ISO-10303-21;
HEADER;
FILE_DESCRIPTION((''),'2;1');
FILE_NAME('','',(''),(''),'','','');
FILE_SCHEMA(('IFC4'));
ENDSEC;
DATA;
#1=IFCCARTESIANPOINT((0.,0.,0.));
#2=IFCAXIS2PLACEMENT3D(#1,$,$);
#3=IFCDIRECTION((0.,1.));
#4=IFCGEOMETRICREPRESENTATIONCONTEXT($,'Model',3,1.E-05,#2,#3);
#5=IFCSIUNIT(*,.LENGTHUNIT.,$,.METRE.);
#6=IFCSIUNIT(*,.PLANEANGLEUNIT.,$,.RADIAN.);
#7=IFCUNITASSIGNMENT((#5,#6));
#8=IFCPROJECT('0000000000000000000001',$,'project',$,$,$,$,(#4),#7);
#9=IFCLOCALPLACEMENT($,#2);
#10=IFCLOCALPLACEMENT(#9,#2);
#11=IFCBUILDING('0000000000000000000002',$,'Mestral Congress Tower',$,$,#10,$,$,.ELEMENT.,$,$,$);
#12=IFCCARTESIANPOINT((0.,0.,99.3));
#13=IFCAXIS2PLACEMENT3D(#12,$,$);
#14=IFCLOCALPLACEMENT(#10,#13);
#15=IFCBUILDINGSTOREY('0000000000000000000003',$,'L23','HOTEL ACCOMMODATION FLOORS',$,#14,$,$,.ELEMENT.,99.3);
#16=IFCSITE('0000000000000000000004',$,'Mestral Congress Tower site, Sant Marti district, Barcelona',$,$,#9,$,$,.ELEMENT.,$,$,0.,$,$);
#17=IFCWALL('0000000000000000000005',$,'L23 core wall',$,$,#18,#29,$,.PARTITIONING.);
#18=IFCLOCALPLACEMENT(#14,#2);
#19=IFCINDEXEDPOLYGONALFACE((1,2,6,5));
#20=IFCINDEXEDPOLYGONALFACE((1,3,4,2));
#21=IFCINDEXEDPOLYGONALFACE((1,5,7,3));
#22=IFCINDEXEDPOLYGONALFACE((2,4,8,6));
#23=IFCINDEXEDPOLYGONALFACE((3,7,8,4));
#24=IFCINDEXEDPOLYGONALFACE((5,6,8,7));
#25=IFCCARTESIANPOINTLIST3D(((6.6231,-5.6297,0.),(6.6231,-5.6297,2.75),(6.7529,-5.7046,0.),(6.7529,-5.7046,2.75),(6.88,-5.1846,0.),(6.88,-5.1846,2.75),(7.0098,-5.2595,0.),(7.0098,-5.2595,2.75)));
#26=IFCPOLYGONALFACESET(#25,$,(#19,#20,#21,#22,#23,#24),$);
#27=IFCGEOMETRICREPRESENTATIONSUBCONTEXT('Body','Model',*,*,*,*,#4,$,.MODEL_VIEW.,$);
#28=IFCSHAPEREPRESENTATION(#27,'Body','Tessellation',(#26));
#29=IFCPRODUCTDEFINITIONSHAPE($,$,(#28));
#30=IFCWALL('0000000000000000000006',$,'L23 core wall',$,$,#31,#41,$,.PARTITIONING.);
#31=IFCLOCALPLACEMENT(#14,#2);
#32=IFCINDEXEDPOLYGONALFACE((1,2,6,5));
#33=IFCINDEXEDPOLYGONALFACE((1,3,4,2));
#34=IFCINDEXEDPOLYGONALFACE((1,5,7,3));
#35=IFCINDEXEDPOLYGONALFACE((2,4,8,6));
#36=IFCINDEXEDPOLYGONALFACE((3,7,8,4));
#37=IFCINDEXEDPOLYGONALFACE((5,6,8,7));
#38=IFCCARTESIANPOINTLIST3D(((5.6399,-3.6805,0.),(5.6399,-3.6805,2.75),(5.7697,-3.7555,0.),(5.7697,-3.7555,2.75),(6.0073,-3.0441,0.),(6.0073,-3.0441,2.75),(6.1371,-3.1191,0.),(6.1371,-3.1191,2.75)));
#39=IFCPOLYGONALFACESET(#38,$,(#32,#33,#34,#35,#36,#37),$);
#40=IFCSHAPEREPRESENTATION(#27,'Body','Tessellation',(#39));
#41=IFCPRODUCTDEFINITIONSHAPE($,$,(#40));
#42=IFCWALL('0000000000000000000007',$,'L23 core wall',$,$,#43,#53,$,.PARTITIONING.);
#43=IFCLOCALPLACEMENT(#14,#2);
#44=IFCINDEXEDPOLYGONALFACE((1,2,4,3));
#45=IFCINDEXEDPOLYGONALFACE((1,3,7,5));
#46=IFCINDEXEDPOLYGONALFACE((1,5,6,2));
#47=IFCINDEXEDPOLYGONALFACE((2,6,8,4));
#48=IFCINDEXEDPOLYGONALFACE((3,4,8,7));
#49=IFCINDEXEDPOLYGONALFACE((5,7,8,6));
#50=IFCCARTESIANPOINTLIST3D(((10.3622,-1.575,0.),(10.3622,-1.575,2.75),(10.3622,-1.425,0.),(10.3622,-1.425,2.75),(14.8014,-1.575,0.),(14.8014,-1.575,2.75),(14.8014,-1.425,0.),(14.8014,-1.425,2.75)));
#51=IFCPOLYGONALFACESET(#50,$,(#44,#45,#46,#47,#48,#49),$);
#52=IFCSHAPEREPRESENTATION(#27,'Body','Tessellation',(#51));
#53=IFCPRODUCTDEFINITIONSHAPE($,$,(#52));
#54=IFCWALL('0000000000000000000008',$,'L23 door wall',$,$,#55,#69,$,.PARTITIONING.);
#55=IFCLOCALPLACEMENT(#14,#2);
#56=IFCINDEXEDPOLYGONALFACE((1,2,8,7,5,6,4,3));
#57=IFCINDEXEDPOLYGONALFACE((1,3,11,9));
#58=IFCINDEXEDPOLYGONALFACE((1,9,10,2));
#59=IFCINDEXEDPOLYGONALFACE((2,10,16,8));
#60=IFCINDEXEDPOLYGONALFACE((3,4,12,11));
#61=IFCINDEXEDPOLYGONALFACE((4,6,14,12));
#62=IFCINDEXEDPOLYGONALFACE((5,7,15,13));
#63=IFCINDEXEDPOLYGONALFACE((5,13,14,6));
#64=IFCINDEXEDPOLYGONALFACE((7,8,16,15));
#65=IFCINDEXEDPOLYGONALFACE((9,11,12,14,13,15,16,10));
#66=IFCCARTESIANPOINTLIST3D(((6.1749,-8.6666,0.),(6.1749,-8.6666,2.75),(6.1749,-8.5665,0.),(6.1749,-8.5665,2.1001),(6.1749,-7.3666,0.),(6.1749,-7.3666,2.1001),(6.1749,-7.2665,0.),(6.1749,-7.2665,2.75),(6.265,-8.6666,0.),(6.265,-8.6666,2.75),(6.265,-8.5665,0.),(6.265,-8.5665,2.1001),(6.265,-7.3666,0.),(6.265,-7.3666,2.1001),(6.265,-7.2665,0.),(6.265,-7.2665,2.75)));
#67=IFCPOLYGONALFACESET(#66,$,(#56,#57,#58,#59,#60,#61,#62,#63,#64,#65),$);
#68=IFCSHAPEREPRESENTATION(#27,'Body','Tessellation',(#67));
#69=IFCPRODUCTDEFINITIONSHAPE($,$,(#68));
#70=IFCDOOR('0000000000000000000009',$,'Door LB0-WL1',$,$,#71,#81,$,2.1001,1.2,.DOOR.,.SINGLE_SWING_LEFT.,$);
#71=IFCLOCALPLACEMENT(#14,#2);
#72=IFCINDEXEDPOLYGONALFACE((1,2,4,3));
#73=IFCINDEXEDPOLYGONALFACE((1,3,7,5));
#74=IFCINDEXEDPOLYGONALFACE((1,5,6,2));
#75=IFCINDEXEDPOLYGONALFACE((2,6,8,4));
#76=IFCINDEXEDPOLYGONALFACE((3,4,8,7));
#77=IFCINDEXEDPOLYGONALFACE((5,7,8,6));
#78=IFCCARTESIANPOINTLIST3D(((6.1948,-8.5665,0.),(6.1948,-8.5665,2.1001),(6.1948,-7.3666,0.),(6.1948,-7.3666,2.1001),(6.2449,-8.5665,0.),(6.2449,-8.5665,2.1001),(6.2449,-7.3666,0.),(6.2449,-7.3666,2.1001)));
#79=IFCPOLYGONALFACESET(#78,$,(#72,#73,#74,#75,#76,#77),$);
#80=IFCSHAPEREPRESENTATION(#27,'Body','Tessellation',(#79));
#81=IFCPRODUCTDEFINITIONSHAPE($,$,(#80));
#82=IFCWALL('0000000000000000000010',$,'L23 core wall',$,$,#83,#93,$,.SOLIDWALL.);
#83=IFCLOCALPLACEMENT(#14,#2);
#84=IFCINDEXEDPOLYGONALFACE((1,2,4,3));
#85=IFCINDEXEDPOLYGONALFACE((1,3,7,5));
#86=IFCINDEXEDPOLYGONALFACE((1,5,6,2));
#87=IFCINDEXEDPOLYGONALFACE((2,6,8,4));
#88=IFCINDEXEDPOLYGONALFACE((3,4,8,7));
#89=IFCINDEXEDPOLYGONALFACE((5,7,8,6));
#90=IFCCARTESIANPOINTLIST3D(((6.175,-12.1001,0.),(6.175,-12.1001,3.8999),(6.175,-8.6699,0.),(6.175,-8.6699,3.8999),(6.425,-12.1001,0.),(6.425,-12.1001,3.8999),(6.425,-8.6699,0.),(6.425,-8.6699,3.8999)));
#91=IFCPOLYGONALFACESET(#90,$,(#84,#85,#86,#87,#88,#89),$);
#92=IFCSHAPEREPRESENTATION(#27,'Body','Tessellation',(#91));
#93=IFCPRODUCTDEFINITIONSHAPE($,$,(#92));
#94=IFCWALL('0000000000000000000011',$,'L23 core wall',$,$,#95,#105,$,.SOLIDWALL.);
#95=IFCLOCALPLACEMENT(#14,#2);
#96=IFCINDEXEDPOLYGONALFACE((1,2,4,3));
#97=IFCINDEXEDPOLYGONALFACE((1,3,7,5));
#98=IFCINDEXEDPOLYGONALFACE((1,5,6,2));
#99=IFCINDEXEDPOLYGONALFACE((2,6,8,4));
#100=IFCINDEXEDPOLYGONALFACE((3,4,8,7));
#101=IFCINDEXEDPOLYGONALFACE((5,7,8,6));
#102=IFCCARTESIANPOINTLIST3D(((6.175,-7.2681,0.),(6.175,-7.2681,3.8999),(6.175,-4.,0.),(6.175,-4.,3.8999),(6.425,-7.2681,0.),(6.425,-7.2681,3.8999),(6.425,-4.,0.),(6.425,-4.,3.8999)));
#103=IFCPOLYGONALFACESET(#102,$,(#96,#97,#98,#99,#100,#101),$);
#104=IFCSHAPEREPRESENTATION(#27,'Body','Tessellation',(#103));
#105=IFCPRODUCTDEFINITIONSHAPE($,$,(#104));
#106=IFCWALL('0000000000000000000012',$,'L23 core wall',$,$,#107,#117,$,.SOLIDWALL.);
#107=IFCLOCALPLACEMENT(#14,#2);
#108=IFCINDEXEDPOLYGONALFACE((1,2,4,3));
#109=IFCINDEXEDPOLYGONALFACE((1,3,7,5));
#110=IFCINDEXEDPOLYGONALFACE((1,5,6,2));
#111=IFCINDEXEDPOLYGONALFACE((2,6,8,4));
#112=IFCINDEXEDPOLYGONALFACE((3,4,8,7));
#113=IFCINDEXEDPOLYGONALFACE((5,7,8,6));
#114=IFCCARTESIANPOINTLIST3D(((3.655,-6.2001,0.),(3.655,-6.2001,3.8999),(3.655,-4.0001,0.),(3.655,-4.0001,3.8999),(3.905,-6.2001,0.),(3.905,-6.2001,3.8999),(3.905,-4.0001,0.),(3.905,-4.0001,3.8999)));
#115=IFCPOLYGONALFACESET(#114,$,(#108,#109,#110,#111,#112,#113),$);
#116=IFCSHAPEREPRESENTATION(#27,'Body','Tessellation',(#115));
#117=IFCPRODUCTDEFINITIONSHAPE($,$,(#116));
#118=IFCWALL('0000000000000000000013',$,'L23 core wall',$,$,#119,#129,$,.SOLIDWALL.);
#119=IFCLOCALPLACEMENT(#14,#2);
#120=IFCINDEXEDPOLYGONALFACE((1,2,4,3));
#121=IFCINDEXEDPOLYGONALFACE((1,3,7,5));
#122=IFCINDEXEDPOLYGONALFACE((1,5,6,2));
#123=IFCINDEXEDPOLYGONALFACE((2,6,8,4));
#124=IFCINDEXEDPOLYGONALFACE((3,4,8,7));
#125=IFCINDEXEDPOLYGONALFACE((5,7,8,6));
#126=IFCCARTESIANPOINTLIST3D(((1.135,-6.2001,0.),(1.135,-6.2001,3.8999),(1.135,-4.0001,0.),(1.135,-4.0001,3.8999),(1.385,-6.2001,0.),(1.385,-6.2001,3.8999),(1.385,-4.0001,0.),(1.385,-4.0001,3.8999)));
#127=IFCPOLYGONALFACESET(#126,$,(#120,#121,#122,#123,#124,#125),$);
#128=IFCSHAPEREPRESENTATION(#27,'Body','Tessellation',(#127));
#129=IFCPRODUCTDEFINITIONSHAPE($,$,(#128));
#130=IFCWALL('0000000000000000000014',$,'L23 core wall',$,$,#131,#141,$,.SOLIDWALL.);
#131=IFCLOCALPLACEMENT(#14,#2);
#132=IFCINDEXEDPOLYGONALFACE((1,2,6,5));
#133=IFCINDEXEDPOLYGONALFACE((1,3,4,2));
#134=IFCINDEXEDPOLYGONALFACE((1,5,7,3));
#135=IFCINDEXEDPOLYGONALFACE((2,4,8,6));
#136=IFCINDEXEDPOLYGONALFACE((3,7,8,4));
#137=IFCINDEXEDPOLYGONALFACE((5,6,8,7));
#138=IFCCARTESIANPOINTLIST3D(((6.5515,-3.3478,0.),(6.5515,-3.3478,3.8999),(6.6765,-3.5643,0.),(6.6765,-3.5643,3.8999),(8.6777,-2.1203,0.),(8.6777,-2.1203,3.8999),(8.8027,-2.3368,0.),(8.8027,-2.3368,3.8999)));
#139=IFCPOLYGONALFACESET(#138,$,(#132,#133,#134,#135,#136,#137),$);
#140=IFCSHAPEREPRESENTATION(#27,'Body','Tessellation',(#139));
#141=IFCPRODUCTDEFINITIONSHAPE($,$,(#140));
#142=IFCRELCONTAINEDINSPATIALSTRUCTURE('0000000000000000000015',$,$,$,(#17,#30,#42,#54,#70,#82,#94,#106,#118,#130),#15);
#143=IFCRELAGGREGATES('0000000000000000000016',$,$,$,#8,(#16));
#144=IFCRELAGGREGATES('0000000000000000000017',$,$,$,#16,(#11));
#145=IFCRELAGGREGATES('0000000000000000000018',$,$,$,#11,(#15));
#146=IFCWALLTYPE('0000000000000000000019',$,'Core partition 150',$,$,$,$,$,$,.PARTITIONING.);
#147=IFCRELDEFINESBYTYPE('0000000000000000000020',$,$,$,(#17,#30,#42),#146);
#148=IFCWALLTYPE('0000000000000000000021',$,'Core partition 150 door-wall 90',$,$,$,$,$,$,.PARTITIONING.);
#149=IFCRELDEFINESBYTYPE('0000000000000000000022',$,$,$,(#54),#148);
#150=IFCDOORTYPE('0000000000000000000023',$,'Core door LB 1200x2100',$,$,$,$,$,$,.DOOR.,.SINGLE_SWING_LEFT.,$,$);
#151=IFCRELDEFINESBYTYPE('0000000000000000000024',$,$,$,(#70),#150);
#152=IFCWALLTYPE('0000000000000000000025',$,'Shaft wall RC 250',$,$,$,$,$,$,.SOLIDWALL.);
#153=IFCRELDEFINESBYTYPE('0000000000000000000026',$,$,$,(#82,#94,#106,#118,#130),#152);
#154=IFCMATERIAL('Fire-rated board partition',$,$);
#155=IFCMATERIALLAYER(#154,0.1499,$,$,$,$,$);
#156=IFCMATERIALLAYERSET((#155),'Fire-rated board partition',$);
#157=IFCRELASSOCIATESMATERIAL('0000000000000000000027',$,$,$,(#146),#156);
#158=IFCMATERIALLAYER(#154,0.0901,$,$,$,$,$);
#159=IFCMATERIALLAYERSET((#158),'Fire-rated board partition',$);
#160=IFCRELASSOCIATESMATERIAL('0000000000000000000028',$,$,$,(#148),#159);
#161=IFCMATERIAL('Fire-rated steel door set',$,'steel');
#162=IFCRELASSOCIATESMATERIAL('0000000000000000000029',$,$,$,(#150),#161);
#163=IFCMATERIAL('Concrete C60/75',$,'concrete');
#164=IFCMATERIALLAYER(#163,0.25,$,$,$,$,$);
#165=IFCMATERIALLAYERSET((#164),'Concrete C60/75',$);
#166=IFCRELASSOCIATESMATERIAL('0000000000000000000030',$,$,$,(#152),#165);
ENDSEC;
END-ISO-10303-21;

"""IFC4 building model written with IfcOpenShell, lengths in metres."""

from ifc_helpers import new_model, si_unit, direction, frame, frame_2d, origin, place, context, subcontext, project, spatial, rectangle, extrude, material, layer, layer_set, type_object, element, fill, save


model = new_model("IFC4")

# Units and contexts
model_context = context("Model", 3, precision=1e-05, world=origin(), true_north=direction((0.0, 1.0)))
body_context = subcontext(model_context, "Body", "Model", "MODEL_VIEW")
ifc_project = project(units=[si_unit("LENGTHUNIT", "METRE"), si_unit("PLANEANGLEUNIT", "RADIAN")], contexts=[model_context])

# Site, building, storey
site_placement = place(None, origin())
site = spatial("IfcSite", under=ifc_project, at=site_placement, Name="Mestral Congress Tower site, Sant Marti district, Barcelona", CompositionType="ELEMENT", RefElevation=0.0)
building_placement = place(site_placement, origin())
building = spatial("IfcBuilding", under=site, at=building_placement, Name="Mestral Congress Tower", CompositionType="ELEMENT")
storey_placement = place(building_placement, frame((0.0, 0.0, 99.3)))
storey = spatial("IfcBuildingStorey", under=building, at=storey_placement, Name="L23", Description="HOTEL ACCOMMODATION FLOORS", CompositionType="ELEMENT", Elevation=99.3)

# Walls
ifc_material_1 = material(Name="Fire-rated board partition")
ifc_layer_1 = layer(ifc_material_1, 0.1499)
ifc_layer_set_1 = layer_set([ifc_layer_1], Name="Fire-rated board partition")
wall_type_1 = type_object("IfcWallType", Name="Core partition 150", PredefinedType="PARTITIONING", material=ifc_layer_set_1)
wall_1_placement = place(storey_placement, frame((6.9448, -5.2222, 0.0), z_axis=(0.0, 0.0, 1.0), x_axis=(-0.499818, -0.86613, 0.0)))
element("IfcWall", 1, at=wall_1_placement, inside=storey, type_object=wall_type_1, Name="L23 core wall", PredefinedType="PARTITIONING", context=body_context, shape_type="SweptSolid", body=[
    extrude(rectangle(XDim=0.5139, YDim=0.1499, at=frame_2d((0.2568, 0.0))), origin(), (0.0, 0.0, 1.0), 2.75),
])
wall_2_placement = place(storey_placement, frame((5.7048, -3.718, 0.0), z_axis=(0.0, 0.0, 1.0), x_axis=(0.499962, 0.866047, 0.0)))
element("IfcWall", 2, at=wall_2_placement, inside=storey, type_object=wall_type_1, Name="L23 core wall", PredefinedType="PARTITIONING", context=body_context, shape_type="SweptSolid", body=[
    extrude(rectangle(XDim=0.7349, YDim=0.1499, at=frame_2d((0.3674, 0.0))), origin(), (0.0, 0.0, 1.0), 2.75),
])
wall_3_placement = place(storey_placement, frame((10.3621, -1.5, 0.0), z_axis=(0.0, 0.0, 1.0), x_axis=(1.0, 0.0, 0.0)))
element("IfcWall", 3, at=wall_3_placement, inside=storey, type_object=wall_type_1, Name="L23 core wall", PredefinedType="PARTITIONING", context=body_context, shape_type="SweptSolid", body=[
    extrude(rectangle(XDim=4.4392, YDim=0.1499, at=frame_2d((2.2197, 0.0))), origin(), (0.0, 0.0, 1.0), 2.75),
])

# Wall, opening, door
ifc_layer_2 = layer(ifc_material_1, 0.0901)
ifc_layer_set_2 = layer_set([ifc_layer_2], Name="Fire-rated board partition")
wall_type_2 = type_object("IfcWallType", Name="Core partition 150 door-wall 90", PredefinedType="PARTITIONING", material=ifc_layer_set_2)
wall_4_placement = place(storey_placement, frame((6.22, -7.2664, 0.0), z_axis=(0.0, 0.0, 1.0), x_axis=(0.0, -1.0, 0.0)))
wall_4 = element("IfcWall", 4, at=wall_4_placement, inside=storey, type_object=wall_type_2, Name="L23 door wall", PredefinedType="PARTITIONING", context=body_context, shape_type="SweptSolid", body=[
    extrude(rectangle(XDim=1.4001, YDim=0.0901, at=frame_2d((0.7002, 0.0))), origin(), (0.0, 0.0, 1.0), 2.75),
])
opening_1_placement = place(wall_4_placement, frame((0.1001, 0.0, 0.0)))
opening_1 = element("IfcOpeningElement", 5, at=opening_1_placement, cuts=wall_4, PredefinedType="OPENING", context=body_context, shape_type="SweptSolid", body=[
    extrude(rectangle(XDim=1.2, YDim=2.1001, at=frame_2d((0.6001, 1.05))), frame((0.0, 0.0549, 0.0), z_axis=(0.0, -1.0, 0.0), x_axis=(1.0, 0.0, 0.0)), (0.0, 0.0, 1.0), 0.1101),
])
ifc_material_2 = material(Name="Fire-rated steel door set", Category="steel")
door_type_1 = type_object("IfcDoorType", Name="Core door LB 1200x2100", OperationType="SINGLE_SWING_LEFT", PredefinedType="DOOR", material=ifc_material_2)
door_1_placement = place(opening_1_placement, origin())
door_1 = element("IfcDoor", 6, at=door_1_placement, inside=storey, type_object=door_type_1, Name="Door LB0-WL1", OperationType="SINGLE_SWING_LEFT", OverallHeight=2.1001, OverallWidth=1.2, PredefinedType="DOOR", context=body_context, shape_type="SweptSolid", body=[
    extrude(rectangle(XDim=1.2, YDim=2.1001, at=frame_2d((0.6001, 1.05))), frame((0.0, 0.0249, 0.0), z_axis=(0.0, -1.0, 0.0), x_axis=(1.0, 0.0, 0.0)), (0.0, 0.0, 1.0), 0.05),
])
fill(opening_1, door_1)

# Walls
ifc_material_3 = material(Name="Concrete C60/75", Category="concrete")
ifc_layer_3 = layer(ifc_material_3, 0.25)
ifc_layer_set_3 = layer_set([ifc_layer_3], Name="Concrete C60/75")
wall_type_3 = type_object("IfcWallType", Name="Shaft wall RC 250", PredefinedType="SOLIDWALL", material=ifc_layer_set_3)
wall_5_placement = place(storey_placement, frame((6.3, -8.6699, 0.0), z_axis=(0.0, 0.0, 1.0), x_axis=(0.0, -1.0, 0.0)))
element("IfcWall", 7, at=wall_5_placement, inside=storey, type_object=wall_type_3, Name="L23 core wall", PredefinedType="SOLIDWALL", context=body_context, shape_type="SweptSolid", body=[
    extrude(rectangle(XDim=3.4302, YDim=0.25, at=frame_2d((1.7151, 0.0))), origin(), (0.0, 0.0, 1.0), 3.8999),
])
wall_6_placement = place(storey_placement, frame((6.3, -7.2681, 0.0), z_axis=(0.0, 0.0, 1.0), x_axis=(0.0, 1.0, 0.0)))
element("IfcWall", 8, at=wall_6_placement, inside=storey, type_object=wall_type_3, Name="L23 core wall", PredefinedType="SOLIDWALL", context=body_context, shape_type="SweptSolid", body=[
    extrude(rectangle(XDim=3.2681, YDim=0.25, at=frame_2d((1.634, 0.0))), origin(), (0.0, 0.0, 1.0), 3.8999),
])
for number, where, z_axis, x_axis, name in (
    (9, (3.78, -4.0, 0.0), (0.0, 0.0, 1.0), (0.0, -1.0, 0.0), "L23 core wall"),
    (10, (1.26, -4.0, 0.0), (0.0, 0.0, 1.0), (0.0, -1.0, 0.0), "L23 core wall"),
):
    element("IfcWall", number, at=place(storey_placement, frame(where, z_axis=z_axis, x_axis=x_axis)), inside=storey, type_object=wall_type_3, Name=name, PredefinedType="SOLIDWALL", context=body_context, shape_type="SweptSolid", body=[
        extrude(rectangle(XDim=2.2, YDim=0.25, at=frame_2d((1.1001, 0.0))), origin(), (0.0, 0.0, 1.0), 3.8999),
    ])
wall_7_placement = place(storey_placement, frame((6.614, -3.4561, 0.0), z_axis=(0.0, 0.0, 1.0), x_axis=(0.866032, 0.499989, 0.0)))
element("IfcWall", 11, at=wall_7_placement, inside=storey, type_object=wall_type_3, Name="L23 core wall", PredefinedType="SOLIDWALL", context=body_context, shape_type="SweptSolid", body=[
    extrude(rectangle(XDim=2.4551, YDim=0.25, at=frame_2d((1.2275, 0.0))), origin(), (0.0, 0.0, 1.0), 3.8999),
])

save(model, "model.ifc")
